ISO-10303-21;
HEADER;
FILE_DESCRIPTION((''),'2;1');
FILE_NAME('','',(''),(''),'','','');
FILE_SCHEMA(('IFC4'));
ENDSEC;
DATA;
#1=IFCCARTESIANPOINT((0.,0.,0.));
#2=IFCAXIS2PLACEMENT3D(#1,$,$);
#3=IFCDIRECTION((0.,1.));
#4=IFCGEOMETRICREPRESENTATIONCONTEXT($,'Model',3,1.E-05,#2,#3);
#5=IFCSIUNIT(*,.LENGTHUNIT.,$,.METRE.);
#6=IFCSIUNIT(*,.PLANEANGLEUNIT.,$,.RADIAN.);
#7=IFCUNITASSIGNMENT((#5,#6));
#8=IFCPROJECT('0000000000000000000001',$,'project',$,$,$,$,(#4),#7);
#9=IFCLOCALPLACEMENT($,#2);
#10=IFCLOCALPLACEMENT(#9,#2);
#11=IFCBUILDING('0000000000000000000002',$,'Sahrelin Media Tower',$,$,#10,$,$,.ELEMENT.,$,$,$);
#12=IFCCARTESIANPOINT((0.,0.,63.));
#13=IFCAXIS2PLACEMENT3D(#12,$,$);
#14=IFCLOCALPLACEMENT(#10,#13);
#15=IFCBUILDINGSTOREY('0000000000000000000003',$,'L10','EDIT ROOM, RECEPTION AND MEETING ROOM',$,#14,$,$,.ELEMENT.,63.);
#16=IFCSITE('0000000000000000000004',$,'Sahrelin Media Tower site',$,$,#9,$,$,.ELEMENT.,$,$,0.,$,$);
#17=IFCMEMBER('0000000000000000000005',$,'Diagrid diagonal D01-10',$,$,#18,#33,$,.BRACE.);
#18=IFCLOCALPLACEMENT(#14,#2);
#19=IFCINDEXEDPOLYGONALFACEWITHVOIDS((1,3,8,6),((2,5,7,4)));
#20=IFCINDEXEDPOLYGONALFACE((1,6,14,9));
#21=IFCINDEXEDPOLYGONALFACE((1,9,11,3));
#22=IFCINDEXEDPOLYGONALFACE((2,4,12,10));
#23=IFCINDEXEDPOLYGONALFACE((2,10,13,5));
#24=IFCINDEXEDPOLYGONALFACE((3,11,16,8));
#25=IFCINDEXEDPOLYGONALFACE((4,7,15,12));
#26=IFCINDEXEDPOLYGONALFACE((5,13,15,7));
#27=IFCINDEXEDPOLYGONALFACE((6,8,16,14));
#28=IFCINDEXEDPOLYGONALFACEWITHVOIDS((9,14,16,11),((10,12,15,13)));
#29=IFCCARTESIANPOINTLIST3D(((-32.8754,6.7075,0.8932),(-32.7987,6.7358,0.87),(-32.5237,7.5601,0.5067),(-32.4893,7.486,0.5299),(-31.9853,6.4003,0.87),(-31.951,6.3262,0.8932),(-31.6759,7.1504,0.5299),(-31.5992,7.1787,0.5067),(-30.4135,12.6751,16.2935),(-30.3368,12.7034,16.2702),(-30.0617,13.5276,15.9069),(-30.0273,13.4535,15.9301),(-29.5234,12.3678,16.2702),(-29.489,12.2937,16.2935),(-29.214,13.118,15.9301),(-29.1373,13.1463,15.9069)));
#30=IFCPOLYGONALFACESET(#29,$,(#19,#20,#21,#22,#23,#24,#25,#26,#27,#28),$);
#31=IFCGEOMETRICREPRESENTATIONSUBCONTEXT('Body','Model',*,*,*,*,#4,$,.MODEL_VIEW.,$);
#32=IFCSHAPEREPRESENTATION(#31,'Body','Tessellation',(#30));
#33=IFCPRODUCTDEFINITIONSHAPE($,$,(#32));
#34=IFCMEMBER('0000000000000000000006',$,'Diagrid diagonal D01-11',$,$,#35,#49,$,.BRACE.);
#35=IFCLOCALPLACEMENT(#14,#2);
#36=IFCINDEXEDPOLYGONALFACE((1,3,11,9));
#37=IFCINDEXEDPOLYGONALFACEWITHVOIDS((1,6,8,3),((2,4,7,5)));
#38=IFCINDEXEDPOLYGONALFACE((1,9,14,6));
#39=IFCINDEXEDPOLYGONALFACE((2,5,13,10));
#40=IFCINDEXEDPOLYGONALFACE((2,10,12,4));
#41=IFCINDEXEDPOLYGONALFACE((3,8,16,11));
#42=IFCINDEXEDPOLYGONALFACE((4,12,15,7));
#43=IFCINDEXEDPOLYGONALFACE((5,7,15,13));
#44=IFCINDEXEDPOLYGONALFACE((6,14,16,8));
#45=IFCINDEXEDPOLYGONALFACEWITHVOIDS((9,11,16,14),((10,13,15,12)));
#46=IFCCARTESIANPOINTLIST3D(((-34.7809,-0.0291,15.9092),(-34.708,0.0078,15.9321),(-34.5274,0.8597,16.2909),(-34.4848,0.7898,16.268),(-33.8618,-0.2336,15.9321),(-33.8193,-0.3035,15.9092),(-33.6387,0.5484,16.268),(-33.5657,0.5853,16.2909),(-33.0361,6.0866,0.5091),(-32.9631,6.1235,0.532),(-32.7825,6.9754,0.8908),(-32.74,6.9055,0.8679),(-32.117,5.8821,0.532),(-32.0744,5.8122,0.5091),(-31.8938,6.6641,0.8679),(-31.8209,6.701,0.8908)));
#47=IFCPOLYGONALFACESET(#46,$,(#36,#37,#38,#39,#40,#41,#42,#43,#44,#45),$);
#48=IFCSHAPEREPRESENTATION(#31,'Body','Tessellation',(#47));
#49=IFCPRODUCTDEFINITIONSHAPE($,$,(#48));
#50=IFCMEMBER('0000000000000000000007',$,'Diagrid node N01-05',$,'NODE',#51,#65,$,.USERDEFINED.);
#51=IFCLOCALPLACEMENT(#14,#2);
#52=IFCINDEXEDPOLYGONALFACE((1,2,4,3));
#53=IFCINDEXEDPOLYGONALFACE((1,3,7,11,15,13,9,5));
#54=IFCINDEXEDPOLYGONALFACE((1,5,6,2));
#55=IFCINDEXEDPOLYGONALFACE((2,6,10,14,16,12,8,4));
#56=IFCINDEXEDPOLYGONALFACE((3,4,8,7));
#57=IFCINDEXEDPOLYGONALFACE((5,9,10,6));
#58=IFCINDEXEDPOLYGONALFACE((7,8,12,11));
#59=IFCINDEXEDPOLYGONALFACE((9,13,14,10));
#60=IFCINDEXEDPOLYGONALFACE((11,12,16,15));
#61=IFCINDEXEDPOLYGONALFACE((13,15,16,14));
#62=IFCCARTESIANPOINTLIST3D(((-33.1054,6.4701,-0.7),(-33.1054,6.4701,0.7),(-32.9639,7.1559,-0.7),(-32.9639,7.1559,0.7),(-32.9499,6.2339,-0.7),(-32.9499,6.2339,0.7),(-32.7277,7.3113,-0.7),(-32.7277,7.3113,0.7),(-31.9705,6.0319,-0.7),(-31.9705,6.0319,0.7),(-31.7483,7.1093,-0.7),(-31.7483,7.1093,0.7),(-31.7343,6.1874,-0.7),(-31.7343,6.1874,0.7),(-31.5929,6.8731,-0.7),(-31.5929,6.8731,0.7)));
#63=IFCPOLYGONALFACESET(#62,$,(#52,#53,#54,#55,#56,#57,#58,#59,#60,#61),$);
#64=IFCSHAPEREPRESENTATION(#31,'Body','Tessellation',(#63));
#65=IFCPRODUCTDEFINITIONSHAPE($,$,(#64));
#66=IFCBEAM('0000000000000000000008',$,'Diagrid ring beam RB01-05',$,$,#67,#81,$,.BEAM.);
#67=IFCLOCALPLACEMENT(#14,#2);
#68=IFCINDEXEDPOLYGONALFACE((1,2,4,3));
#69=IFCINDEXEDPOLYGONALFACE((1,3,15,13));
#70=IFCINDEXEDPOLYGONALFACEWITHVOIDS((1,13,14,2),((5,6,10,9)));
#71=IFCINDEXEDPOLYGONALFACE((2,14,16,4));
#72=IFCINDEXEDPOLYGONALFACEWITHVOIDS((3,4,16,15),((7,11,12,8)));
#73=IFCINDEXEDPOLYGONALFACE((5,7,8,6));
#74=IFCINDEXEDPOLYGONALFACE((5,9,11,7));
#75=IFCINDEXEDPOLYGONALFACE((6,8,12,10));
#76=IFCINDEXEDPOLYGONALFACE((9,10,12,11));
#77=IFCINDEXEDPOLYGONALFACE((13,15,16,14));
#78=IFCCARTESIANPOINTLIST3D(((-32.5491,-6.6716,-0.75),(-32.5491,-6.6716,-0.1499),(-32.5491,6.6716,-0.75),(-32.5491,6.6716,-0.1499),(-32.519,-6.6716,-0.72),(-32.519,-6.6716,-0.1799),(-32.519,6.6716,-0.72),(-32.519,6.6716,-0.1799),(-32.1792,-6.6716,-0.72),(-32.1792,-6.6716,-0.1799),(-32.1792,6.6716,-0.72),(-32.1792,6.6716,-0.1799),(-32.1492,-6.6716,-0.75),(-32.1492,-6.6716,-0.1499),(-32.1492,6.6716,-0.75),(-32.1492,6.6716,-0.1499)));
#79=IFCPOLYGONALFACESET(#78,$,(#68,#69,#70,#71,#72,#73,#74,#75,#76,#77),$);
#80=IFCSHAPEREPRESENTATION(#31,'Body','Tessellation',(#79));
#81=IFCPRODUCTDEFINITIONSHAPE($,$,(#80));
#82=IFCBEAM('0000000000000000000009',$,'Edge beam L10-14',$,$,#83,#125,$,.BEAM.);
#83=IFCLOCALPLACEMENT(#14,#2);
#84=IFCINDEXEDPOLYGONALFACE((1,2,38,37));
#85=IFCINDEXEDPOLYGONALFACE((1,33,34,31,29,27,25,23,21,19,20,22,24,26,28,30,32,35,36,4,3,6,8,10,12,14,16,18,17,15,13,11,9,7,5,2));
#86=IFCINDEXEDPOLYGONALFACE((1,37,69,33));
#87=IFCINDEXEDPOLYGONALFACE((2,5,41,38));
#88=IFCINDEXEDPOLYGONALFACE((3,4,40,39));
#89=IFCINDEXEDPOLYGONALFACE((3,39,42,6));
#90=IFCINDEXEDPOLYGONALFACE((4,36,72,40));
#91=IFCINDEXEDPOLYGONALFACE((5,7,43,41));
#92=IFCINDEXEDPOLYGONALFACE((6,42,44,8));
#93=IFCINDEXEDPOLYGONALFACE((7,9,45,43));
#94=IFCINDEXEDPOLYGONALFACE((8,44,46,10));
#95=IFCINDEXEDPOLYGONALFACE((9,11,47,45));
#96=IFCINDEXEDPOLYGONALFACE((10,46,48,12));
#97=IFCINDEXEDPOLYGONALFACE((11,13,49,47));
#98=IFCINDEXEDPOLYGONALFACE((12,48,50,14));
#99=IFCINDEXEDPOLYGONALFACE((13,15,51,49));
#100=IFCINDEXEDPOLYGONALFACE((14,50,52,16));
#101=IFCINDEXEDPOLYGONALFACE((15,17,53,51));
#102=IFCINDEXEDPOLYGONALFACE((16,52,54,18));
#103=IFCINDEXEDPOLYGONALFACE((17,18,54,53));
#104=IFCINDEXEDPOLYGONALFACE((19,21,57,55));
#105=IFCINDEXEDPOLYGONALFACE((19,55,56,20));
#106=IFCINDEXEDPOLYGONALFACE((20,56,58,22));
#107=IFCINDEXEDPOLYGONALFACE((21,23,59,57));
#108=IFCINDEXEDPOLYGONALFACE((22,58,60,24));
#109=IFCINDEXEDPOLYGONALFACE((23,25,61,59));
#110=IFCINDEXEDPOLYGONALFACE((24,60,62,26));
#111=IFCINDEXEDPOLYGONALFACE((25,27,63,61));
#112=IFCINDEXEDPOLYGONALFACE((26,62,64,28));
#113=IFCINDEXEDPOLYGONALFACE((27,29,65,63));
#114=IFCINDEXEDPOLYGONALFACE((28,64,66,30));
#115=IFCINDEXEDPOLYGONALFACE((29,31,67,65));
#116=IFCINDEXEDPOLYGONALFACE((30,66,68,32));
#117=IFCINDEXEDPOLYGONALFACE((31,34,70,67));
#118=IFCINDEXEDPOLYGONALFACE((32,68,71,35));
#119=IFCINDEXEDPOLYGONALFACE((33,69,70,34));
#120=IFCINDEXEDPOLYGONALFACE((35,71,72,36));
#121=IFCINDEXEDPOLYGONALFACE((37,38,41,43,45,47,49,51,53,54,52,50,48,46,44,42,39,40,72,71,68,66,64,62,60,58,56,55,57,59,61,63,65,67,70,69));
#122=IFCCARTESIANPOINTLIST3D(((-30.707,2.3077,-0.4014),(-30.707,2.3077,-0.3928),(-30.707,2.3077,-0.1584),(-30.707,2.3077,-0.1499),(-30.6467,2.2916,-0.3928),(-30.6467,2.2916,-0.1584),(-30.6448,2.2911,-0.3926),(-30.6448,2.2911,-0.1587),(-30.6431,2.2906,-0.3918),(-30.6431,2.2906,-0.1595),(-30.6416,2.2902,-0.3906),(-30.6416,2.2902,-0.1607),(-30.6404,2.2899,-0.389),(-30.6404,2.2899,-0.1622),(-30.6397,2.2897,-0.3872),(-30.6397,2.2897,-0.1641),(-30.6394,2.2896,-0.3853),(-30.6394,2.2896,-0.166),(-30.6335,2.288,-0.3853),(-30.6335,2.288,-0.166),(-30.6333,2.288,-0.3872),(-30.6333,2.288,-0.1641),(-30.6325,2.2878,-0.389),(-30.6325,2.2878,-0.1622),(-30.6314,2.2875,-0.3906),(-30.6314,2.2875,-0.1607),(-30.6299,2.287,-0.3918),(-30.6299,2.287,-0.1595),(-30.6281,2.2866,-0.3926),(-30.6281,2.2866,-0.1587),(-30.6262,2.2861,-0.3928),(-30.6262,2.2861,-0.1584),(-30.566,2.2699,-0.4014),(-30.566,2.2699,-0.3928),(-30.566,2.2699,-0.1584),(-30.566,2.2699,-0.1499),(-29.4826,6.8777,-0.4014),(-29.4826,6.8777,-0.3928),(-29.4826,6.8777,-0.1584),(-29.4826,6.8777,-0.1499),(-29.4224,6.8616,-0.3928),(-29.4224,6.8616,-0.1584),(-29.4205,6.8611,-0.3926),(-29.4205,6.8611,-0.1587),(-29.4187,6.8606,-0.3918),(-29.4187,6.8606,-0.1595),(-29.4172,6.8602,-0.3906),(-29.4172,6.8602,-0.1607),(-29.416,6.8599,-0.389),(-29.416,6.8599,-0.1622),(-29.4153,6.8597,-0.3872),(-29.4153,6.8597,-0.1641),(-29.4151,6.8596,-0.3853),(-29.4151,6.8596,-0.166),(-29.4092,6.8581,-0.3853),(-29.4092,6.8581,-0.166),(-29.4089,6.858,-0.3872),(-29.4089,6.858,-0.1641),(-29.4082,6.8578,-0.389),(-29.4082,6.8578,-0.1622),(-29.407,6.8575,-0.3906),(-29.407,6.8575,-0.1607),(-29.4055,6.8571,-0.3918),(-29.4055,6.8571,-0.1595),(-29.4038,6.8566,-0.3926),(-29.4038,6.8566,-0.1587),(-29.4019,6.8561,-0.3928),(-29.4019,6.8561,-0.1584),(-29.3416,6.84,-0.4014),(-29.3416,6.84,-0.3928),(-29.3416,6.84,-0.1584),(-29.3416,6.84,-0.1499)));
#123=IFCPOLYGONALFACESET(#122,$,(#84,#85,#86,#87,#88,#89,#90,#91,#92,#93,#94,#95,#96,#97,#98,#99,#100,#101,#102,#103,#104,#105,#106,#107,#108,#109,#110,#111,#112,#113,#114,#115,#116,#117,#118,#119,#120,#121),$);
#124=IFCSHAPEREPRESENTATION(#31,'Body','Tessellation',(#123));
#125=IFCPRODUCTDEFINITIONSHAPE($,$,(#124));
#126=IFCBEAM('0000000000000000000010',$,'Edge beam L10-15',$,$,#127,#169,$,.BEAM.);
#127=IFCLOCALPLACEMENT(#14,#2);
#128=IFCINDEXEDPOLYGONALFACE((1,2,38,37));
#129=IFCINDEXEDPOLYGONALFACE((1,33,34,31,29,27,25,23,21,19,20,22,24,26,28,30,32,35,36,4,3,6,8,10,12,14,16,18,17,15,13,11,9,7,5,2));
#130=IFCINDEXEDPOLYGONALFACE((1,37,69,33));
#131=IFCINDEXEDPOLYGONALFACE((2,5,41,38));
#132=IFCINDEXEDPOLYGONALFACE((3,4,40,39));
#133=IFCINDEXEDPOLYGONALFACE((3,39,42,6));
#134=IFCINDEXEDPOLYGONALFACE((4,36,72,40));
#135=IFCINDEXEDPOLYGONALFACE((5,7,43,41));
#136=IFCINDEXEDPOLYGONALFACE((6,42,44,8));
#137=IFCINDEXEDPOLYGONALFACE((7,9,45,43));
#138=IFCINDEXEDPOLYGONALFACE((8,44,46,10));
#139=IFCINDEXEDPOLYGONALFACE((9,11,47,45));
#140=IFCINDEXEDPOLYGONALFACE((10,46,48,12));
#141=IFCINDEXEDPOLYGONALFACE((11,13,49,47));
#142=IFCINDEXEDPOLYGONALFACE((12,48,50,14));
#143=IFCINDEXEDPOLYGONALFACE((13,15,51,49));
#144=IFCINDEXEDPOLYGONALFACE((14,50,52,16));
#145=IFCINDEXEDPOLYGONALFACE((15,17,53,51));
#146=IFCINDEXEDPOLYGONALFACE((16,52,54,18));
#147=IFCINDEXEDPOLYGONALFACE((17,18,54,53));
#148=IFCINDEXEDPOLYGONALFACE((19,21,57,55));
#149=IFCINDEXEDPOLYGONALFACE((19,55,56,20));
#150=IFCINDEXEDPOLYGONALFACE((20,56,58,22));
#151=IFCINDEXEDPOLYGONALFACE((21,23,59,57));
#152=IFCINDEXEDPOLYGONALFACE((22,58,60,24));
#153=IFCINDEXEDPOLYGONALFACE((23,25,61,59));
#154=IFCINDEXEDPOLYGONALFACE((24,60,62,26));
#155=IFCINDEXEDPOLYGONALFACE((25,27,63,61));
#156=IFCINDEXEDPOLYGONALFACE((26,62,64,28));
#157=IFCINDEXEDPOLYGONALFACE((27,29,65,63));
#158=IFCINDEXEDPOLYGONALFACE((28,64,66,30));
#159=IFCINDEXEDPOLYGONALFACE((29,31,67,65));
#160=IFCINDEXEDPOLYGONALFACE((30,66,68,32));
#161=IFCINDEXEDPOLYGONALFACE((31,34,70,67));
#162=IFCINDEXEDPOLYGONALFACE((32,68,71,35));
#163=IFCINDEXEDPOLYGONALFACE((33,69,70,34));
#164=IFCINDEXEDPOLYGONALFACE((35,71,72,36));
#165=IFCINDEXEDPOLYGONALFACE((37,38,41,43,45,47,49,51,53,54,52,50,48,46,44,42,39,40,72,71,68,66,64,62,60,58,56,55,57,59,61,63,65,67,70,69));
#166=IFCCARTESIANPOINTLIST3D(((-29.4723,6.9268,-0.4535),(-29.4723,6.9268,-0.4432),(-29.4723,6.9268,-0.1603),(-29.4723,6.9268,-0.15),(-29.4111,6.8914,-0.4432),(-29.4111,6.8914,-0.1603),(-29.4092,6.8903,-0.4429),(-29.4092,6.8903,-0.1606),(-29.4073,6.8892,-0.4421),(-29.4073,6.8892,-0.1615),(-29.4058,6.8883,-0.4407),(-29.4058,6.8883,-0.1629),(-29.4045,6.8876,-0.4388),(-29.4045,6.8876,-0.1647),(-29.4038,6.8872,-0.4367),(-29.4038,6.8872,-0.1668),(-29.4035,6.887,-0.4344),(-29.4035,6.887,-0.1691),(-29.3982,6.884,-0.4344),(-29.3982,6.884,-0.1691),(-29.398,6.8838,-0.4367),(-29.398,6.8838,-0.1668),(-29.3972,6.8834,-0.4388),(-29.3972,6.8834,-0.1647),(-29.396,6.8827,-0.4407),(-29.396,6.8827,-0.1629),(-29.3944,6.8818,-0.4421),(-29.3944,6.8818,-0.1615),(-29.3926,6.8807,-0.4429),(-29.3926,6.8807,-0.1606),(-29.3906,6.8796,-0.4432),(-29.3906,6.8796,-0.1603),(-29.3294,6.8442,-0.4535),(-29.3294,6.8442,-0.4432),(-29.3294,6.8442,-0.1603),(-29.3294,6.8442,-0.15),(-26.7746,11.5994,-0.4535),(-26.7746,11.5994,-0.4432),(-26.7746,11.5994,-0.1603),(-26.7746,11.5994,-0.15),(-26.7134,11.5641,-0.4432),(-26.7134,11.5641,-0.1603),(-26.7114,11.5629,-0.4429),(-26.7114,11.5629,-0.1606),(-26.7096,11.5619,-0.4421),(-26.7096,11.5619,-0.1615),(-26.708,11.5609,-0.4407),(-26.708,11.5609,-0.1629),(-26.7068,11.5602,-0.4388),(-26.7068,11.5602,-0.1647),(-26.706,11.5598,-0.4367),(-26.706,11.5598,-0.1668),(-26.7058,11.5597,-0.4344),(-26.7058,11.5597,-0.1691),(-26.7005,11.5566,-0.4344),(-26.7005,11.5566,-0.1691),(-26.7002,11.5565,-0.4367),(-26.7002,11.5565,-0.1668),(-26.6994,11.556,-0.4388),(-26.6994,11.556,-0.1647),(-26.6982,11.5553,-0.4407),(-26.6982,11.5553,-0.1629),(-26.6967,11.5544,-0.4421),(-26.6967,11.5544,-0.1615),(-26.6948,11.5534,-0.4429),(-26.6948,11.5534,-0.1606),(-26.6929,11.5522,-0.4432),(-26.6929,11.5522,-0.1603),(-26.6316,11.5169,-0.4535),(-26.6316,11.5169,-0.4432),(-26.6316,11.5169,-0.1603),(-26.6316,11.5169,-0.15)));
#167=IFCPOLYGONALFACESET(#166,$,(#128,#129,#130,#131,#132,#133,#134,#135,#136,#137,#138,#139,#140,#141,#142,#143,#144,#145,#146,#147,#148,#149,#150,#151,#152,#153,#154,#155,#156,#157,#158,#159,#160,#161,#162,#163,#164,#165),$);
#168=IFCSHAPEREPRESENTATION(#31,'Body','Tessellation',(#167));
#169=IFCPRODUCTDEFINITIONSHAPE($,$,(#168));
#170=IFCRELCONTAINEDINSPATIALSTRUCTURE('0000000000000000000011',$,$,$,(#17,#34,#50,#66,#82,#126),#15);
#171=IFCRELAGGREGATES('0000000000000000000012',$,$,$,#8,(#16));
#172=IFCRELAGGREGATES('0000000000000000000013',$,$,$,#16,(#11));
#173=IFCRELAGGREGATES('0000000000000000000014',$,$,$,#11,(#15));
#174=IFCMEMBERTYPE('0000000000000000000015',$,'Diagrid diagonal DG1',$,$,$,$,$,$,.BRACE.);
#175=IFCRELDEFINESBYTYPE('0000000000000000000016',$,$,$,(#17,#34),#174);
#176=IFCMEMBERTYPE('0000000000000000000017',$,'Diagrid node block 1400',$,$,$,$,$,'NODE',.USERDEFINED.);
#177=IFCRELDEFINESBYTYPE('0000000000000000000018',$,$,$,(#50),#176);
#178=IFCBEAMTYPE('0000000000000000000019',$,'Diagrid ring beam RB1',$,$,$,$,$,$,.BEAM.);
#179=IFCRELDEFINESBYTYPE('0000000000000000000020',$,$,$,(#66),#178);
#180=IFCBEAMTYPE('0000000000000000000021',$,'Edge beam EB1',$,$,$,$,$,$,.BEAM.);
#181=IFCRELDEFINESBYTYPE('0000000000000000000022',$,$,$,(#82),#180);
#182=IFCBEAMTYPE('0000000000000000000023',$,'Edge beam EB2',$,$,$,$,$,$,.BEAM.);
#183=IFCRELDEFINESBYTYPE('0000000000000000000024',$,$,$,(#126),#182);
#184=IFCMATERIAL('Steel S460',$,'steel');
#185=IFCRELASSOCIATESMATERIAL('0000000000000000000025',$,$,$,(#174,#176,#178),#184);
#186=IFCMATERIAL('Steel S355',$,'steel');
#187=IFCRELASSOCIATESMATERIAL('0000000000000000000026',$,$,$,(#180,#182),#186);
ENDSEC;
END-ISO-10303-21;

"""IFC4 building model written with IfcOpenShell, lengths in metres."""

from ifc_helpers import new_model, si_unit, direction, frame, origin, origin_2d, place, context, subcontext, project, spatial, polyline, hollow_rectangle, i_section, outline, extrude, material, material_profile, profile_set, type_object, element, save


model = new_model("IFC4")

# Units and contexts
model_context = context("Model", 3, precision=1e-05, world=origin(), true_north=direction((0.0, 1.0)))
body_context = subcontext(model_context, "Body", "Model", "MODEL_VIEW")
ifc_project = project(units=[si_unit("LENGTHUNIT", "METRE"), si_unit("PLANEANGLEUNIT", "RADIAN")], contexts=[model_context])

# Site, building, storey
site_placement = place(None, origin())
site = spatial("IfcSite", under=ifc_project, at=site_placement, Name="Sahrelin Media Tower site", CompositionType="ELEMENT", RefElevation=0.0)
building_placement = place(site_placement, origin())
building = spatial("IfcBuilding", under=site, at=building_placement, Name="Sahrelin Media Tower", CompositionType="ELEMENT")
storey_placement = place(building_placement, frame((0.0, 0.0, 63.0)))
storey = spatial("IfcBuildingStorey", under=building, at=storey_placement, Name="L10", Description="EDIT ROOM, RECEPTION AND MEETING ROOM", CompositionType="ELEMENT", Elevation=63.0)

# Members
ifc_material_1 = material(Name="Steel S460", Category="steel")
ifc_material_profile_1 = material_profile(ifc_material_1, hollow_rectangle(XDim=1.0, YDim=1.0, WallThickness=0.0601, at=origin_2d()), Name="Diagrid diagonal DG1")
ifc_profile_set_1 = profile_set([ifc_material_profile_1], Name="Steel S460")
member_type_1 = type_object("IfcMemberType", Name="Diagrid diagonal DG1", PredefinedType="BRACE", material=ifc_profile_set_1)
member_1_placement = place(storey_placement, frame((-32.2373, 6.9431, 0.7), z_axis=(0.147434, 0.357371, 0.922252), x_axis=(-0.924422, 0.381372, 0.0)))
element("IfcMember", 1, at=member_1_placement, inside=storey, type_object=member_type_1, Name="Diagrid diagonal D01-10", PredefinedType="BRACE", context=body_context, shape_type="SweptSolid", body=[
    extrude(hollow_rectangle(XDim=1.0, YDim=1.0, WallThickness=0.0601, at=origin_2d()), origin(), (0.0, 0.0, 1.0), 16.6985),
])
member_2_placement = place(storey_placement, frame((-32.4285, 6.3938, 0.7), z_axis=(-0.104724, -0.367053, 0.924286), x_axis=(0.961627, -0.274361, 0.0)))
element("IfcMember", 2, at=member_2_placement, inside=storey, type_object=member_type_1, Name="Diagrid diagonal D01-11", PredefinedType="BRACE", context=body_context, shape_type="SweptSolid", body=[
    extrude(hollow_rectangle(XDim=1.0, YDim=1.0, WallThickness=0.0601, at=origin_2d()), origin(), (0.0, 0.0, 1.0), 16.6616),
])
ifc_material_profile_2 = material_profile(ifc_material_1, outline(polyline([(0.5, -0.55), (0.7, -0.3501), (0.7, 0.3501), (0.5, 0.55), (-0.5, 0.55), (-0.7, 0.3501), (-0.7, -0.3501), (-0.5, -0.55), (0.5, -0.55)])), Name="Diagrid node block 1400")
ifc_profile_set_2 = profile_set([ifc_material_profile_2], Name="Steel S460")
member_type_2 = type_object("IfcMemberType", Name="Diagrid node block 1400", ElementType="NODE", PredefinedType="USERDEFINED", material=ifc_profile_set_2)
member_3_placement = place(storey_placement, frame((-32.3491, 6.6716, -0.7), z_axis=(0.0, 0.0, 1.0), x_axis=(-0.979388, 0.201989, 0.0)))
element("IfcMember", 3, at=member_3_placement, inside=storey, type_object=member_type_2, Name="Diagrid node N01-05", ObjectType="NODE", PredefinedType="USERDEFINED", context=body_context, shape_type="SweptSolid", body=[
    extrude(outline(polyline([(0.5, -0.55), (0.7, -0.3501), (0.7, 0.3501), (0.5, 0.55), (-0.5, 0.55), (-0.7, 0.3501), (-0.7, -0.3501), (-0.5, -0.55), (0.5, -0.55)])), origin(), (0.0, 0.0, 1.0), 1.3999),
])

# Beams
ifc_material_profile_3 = material_profile(ifc_material_1, hollow_rectangle(XDim=0.3999, YDim=0.6001, WallThickness=0.03, at=origin_2d()), Name="Diagrid ring beam RB1")
ifc_profile_set_3 = profile_set([ifc_material_profile_3], Name="Steel S460")
beam_type_1 = type_object("IfcBeamType", Name="Diagrid ring beam RB1", PredefinedType="BEAM", material=ifc_profile_set_3)
beam_1_placement = place(storey_placement, frame((-32.3491, 6.6716, -0.45), z_axis=(0.0, -1.0, 0.0), x_axis=(1.0, 0.0, 0.0)))
element("IfcBeam", 4, at=beam_1_placement, inside=storey, type_object=beam_type_1, Name="Diagrid ring beam RB01-05", PredefinedType="BEAM", context=body_context, shape_type="SweptSolid", body=[
    extrude(hollow_rectangle(XDim=0.3999, YDim=0.6001, WallThickness=0.03, at=origin_2d()), origin(), (0.0, 0.0, 1.0), 13.3433),
])
ifc_material_2 = material(Name="Steel S355", Category="steel")
ifc_material_profile_4 = material_profile(ifc_material_2, i_section(OverallWidth=0.146, OverallDepth=0.2515, WebThickness=0.0061, FlangeThickness=0.0085, FilletRadius=0.0076, at=origin_2d()), Name="UB 254x146x31")
ifc_profile_set_4 = profile_set([ifc_material_profile_4], Name="Steel S355")
beam_type_2 = type_object("IfcBeamType", Name="Edge beam EB1", PredefinedType="BEAM", material=ifc_profile_set_4)
beam_2_placement = place(storey_placement, frame((-30.6365, 2.2888, -0.2756), z_axis=(0.258783, 0.965935, 0.0), x_axis=(-0.965935, 0.258783, 0.0)))
element("IfcBeam", 5, at=beam_2_placement, inside=storey, type_object=beam_type_2, Name="Edge beam L10-14", PredefinedType="BEAM", context=body_context, shape_type="SweptSolid", body=[
    extrude(i_section(OverallWidth=0.146, OverallDepth=0.2515, WebThickness=0.0061, FlangeThickness=0.0085, FilletRadius=0.0076, at=origin_2d()), origin(), (0.0, 0.0, 1.0), 4.7312),
])
ifc_material_profile_5 = material_profile(ifc_material_2, i_section(OverallWidth=0.165, OverallDepth=0.3035, WebThickness=0.0061, FlangeThickness=0.0103, FilletRadius=0.0088, at=origin_2d()), Name="UB 305x165x40")
ifc_profile_set_5 = profile_set([ifc_material_profile_5], Name="Steel S355")
beam_type_3 = type_object("IfcBeamType", Name="Edge beam EB2", PredefinedType="BEAM", material=ifc_profile_set_5)
beam_3_placement = place(storey_placement, frame((-29.4009, 6.8855, -0.3018), z_axis=(0.500003, 0.866024, 0.0), x_axis=(-0.866024, 0.500003, 0.0)))
element("IfcBeam", 6, at=beam_3_placement, inside=storey, type_object=beam_type_3, Name="Edge beam L10-15", PredefinedType="BEAM", context=body_context, shape_type="SweptSolid", body=[
    extrude(i_section(OverallWidth=0.165, OverallDepth=0.3035, WebThickness=0.0061, FlangeThickness=0.0103, FilletRadius=0.0088, at=origin_2d()), origin(), (0.0, 0.0, 1.0), 5.3955),
])

save(model, "model.ifc")
